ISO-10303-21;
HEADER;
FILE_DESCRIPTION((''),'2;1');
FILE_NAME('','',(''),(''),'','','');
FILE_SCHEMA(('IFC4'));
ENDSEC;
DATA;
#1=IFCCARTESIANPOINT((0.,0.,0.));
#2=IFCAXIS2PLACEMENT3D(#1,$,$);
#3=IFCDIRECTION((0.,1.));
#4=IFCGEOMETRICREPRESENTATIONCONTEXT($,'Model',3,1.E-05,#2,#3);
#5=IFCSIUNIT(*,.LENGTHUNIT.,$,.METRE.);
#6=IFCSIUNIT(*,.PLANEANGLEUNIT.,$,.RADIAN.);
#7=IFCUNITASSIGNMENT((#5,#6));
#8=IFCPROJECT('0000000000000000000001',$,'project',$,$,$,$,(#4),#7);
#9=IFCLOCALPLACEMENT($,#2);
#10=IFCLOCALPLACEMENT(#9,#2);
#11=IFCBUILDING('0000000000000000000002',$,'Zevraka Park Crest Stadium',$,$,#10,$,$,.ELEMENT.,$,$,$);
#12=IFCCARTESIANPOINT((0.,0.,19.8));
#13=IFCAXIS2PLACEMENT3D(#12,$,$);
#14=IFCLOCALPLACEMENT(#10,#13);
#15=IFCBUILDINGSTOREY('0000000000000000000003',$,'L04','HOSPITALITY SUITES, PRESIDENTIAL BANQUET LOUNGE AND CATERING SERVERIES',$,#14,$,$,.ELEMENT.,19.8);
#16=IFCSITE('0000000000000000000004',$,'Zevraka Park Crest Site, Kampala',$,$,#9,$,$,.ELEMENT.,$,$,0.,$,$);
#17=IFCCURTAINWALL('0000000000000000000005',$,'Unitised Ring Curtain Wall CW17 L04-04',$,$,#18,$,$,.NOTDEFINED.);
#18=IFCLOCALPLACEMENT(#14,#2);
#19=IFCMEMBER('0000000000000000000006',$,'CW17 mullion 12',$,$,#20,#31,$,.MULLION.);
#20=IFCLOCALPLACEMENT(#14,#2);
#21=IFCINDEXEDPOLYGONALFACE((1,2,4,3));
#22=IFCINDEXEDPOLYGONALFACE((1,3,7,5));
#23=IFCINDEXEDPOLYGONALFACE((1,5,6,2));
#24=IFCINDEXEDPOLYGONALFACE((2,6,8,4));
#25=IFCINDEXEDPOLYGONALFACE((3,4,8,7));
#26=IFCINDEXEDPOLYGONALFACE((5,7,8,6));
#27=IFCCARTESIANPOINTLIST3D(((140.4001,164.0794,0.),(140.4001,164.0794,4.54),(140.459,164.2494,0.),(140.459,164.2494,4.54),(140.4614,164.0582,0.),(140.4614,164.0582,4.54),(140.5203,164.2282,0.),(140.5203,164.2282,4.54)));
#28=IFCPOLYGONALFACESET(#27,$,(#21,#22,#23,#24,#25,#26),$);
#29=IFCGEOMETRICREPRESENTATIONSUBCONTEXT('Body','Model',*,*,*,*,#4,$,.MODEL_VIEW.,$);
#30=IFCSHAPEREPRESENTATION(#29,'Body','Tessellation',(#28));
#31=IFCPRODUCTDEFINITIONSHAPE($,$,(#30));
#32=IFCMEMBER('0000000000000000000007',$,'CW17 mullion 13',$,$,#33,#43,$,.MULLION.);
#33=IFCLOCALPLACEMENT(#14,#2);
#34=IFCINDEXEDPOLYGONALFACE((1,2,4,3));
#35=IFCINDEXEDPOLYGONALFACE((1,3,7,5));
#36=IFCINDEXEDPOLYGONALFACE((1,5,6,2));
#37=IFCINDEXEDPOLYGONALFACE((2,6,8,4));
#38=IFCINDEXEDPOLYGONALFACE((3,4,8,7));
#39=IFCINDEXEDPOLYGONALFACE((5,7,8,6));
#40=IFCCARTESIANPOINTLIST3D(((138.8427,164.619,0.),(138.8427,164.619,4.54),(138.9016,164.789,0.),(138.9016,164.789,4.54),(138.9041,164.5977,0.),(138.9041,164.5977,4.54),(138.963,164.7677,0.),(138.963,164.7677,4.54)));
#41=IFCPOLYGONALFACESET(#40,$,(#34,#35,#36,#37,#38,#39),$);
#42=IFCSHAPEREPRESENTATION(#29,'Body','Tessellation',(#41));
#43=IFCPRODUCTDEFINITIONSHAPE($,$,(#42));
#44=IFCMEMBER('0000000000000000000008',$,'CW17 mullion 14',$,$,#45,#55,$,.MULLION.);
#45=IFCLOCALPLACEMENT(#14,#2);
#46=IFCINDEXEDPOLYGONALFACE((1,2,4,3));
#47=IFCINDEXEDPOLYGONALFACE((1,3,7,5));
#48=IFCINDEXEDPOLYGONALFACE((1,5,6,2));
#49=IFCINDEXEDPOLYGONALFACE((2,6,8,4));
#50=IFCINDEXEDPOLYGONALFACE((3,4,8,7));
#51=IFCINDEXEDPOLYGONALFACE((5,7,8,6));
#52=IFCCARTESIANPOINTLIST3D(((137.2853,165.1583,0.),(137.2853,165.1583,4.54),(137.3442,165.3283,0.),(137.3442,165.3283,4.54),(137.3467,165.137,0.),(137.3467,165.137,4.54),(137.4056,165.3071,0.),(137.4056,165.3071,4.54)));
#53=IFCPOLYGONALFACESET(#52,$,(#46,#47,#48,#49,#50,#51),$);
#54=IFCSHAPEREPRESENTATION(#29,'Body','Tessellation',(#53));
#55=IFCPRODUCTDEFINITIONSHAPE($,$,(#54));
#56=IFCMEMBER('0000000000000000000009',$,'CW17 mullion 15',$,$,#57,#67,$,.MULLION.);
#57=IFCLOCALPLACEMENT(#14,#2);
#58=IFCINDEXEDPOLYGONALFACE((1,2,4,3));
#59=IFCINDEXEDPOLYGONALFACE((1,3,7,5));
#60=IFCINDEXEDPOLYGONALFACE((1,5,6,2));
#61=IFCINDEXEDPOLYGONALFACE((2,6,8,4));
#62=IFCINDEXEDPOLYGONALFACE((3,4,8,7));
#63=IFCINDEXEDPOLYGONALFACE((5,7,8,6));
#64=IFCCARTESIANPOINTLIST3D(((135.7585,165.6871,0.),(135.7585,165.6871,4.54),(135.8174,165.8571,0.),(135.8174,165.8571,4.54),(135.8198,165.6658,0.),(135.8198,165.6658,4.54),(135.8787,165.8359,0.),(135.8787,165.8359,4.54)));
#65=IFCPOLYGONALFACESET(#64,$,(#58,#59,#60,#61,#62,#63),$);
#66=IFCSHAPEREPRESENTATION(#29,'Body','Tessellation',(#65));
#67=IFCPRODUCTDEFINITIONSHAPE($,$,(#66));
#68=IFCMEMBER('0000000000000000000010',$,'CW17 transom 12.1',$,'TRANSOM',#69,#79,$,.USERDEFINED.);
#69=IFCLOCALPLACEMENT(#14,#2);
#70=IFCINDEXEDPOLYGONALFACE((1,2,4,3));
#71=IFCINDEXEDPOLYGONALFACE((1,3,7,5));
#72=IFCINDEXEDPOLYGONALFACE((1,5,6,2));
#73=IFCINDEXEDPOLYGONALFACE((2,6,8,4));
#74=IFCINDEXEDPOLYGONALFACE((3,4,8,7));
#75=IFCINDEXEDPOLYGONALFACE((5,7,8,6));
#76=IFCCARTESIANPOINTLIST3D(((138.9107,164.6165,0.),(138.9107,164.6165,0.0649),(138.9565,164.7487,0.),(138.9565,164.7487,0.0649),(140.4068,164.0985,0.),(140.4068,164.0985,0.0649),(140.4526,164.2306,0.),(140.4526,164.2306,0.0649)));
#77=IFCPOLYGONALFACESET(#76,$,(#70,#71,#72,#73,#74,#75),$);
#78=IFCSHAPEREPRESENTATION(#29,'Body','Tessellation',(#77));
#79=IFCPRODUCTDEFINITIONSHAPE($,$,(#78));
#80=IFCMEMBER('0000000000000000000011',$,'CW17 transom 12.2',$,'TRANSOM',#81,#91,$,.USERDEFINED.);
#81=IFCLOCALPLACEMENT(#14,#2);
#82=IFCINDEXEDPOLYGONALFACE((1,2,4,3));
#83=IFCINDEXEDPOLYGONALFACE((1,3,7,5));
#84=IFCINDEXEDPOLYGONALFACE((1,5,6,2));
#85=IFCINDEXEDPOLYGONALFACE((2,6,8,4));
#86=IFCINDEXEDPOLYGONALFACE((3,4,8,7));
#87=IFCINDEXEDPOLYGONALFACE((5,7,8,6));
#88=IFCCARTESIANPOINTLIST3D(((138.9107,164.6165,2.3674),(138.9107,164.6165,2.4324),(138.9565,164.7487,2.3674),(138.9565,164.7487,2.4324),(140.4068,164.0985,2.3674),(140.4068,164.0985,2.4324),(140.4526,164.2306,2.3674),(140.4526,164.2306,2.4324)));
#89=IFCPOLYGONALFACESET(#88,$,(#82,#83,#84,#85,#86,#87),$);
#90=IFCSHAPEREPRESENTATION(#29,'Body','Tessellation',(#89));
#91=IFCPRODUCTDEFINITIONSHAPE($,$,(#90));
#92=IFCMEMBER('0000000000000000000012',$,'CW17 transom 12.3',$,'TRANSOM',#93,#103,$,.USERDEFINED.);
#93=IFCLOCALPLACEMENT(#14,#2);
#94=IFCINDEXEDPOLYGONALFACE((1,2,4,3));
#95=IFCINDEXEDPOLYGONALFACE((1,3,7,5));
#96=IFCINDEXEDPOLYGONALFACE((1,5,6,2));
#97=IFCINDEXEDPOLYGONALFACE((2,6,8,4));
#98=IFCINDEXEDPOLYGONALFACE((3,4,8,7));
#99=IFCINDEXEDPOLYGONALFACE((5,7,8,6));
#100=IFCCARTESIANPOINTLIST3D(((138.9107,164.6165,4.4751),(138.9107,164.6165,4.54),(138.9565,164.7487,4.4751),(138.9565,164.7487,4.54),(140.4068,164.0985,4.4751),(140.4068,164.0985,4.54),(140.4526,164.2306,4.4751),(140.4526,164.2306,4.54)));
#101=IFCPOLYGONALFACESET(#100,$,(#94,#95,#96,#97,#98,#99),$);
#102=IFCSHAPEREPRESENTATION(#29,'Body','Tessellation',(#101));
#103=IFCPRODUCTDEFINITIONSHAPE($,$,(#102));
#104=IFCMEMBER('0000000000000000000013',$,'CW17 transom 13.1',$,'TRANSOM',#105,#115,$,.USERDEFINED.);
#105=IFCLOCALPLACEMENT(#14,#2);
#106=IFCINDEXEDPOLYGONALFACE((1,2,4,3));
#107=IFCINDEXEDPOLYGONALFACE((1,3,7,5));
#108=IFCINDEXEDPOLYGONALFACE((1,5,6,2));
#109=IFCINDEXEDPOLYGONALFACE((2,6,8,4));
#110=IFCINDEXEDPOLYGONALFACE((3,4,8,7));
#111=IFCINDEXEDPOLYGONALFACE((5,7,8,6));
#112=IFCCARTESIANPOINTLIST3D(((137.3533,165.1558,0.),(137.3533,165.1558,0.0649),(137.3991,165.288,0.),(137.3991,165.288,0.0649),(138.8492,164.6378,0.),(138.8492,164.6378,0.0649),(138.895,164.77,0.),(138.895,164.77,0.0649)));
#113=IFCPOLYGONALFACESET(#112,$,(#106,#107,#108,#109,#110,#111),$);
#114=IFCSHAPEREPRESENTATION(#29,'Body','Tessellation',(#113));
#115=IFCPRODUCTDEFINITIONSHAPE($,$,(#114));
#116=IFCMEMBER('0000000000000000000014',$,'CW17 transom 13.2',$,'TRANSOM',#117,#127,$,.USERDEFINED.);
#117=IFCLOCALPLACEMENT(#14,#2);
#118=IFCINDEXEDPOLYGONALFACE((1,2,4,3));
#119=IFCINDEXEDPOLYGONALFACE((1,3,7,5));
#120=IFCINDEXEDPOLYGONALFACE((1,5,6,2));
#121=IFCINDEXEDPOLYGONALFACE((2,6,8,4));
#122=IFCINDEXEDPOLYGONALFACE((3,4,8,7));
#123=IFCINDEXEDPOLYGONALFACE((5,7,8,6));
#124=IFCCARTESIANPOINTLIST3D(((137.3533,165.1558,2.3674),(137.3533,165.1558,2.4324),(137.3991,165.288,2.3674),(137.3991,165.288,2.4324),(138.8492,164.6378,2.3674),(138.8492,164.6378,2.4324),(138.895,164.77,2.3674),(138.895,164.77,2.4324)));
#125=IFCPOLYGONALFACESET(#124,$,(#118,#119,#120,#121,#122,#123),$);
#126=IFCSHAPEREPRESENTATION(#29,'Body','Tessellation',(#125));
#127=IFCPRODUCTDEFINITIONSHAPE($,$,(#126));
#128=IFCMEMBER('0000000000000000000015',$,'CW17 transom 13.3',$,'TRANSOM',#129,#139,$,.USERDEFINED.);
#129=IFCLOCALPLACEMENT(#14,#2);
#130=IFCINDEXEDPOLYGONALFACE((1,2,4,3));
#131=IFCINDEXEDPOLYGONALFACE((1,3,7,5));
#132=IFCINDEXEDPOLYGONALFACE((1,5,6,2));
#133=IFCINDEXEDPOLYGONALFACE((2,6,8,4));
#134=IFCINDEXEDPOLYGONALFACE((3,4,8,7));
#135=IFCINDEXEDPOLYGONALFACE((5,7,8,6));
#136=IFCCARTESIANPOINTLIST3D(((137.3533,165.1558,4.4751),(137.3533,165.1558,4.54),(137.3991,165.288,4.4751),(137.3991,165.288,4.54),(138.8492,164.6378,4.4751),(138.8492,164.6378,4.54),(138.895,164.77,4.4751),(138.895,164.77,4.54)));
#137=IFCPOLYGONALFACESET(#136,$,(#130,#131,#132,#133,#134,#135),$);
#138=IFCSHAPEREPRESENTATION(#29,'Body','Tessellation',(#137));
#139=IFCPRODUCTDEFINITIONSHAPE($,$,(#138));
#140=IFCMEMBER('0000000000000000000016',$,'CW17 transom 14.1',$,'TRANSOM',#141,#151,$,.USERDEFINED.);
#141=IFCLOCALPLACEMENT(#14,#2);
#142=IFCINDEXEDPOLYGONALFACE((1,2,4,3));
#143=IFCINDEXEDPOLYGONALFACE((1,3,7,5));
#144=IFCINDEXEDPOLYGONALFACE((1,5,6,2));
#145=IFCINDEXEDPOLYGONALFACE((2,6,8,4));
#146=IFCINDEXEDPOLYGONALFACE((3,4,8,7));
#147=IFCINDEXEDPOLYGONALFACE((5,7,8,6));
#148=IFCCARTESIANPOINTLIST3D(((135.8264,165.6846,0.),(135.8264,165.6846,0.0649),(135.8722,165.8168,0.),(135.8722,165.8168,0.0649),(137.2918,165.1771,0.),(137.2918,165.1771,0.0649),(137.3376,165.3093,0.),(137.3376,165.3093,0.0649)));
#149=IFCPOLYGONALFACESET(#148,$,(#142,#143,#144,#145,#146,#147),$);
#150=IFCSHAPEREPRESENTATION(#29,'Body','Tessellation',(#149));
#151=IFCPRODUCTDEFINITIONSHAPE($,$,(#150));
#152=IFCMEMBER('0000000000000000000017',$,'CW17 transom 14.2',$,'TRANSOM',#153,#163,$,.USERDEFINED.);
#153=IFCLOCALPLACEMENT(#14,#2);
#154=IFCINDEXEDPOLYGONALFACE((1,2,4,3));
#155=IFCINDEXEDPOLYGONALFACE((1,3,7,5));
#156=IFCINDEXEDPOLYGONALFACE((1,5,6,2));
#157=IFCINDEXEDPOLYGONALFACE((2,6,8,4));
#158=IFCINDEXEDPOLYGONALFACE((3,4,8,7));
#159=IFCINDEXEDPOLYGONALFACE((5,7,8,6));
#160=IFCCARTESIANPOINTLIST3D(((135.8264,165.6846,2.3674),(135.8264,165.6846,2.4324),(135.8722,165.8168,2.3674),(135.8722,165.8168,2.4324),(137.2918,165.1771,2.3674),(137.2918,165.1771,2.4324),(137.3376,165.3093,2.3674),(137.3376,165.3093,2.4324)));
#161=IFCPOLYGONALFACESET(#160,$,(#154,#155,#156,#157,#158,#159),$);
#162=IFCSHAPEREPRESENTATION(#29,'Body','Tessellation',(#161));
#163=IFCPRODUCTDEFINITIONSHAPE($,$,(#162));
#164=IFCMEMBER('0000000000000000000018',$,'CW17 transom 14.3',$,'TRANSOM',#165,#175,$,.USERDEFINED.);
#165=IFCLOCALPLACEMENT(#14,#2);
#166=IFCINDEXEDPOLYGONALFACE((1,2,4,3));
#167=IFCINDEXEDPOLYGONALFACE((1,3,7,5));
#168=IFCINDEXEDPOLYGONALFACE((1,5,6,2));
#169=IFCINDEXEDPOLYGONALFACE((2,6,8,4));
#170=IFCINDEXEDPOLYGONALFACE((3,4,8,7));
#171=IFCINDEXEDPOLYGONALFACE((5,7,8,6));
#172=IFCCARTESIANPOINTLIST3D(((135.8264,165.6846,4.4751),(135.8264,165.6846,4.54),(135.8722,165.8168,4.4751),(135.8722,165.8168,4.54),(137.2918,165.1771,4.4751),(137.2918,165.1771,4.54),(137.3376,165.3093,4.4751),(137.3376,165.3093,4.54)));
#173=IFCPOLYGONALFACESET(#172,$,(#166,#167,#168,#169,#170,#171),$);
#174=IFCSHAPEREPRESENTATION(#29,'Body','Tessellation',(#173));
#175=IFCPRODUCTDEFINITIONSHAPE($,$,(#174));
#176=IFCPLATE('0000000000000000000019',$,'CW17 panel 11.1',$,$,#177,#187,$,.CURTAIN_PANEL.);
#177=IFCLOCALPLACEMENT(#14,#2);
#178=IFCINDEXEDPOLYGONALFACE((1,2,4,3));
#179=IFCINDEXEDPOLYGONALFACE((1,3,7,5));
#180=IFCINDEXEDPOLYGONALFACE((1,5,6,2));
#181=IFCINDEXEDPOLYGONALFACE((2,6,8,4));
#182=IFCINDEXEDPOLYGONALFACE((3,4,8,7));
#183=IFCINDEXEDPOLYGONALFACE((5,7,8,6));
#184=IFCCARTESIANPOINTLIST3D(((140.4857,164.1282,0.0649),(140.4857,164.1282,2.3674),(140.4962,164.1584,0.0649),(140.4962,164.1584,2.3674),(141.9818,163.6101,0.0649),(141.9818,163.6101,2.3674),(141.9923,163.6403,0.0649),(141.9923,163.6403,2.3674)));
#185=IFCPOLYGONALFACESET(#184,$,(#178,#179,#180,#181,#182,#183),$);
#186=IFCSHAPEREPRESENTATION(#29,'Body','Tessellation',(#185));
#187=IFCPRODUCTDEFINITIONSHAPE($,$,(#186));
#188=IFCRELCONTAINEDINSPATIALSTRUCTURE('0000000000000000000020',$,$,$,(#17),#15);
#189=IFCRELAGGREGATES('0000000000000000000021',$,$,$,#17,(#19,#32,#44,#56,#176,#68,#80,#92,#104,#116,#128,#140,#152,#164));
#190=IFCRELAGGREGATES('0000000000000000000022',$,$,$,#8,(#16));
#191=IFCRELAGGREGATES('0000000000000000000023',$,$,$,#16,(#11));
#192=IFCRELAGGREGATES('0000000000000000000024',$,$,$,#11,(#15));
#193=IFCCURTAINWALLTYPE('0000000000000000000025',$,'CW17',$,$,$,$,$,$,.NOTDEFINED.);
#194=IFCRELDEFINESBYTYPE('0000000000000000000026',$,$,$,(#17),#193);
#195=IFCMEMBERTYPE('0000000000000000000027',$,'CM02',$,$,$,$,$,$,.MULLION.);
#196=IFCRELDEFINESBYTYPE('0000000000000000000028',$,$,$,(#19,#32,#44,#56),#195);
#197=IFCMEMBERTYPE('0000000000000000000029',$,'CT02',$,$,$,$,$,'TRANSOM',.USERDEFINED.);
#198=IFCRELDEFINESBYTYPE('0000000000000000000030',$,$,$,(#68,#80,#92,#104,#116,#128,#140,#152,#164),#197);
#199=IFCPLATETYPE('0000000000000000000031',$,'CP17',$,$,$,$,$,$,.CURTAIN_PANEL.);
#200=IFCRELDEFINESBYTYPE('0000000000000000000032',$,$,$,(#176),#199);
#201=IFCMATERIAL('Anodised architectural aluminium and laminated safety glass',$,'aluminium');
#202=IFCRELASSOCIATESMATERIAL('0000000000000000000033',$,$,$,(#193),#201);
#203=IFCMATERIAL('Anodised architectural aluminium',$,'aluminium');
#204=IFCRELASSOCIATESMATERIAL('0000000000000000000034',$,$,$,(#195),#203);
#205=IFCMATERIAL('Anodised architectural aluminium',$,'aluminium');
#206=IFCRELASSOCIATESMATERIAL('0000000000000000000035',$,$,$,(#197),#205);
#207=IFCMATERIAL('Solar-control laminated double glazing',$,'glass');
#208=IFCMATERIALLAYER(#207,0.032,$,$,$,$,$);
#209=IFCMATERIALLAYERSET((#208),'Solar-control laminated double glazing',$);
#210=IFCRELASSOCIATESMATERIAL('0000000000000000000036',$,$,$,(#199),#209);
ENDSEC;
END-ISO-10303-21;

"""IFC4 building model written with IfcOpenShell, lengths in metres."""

from ifc_helpers import new_model, si_unit, direction, frame, origin, origin_2d, place, context, subcontext, project, spatial, rectangle, extrude, material, layer, layer_set, material_profile, profile_set, type_object, element, aggregate, save


model = new_model("IFC4")

# Units and contexts
model_context = context("Model", 3, precision=1e-05, world=origin(), true_north=direction((0.0, 1.0)))
body_context = subcontext(model_context, "Body", "Model", "MODEL_VIEW")
ifc_project = project(units=[si_unit("LENGTHUNIT", "METRE"), si_unit("PLANEANGLEUNIT", "RADIAN")], contexts=[model_context])

# Site, building, storey
site_placement = place(None, origin())
site = spatial("IfcSite", under=ifc_project, at=site_placement, Name="Zevraka Park Crest Site, Kampala", CompositionType="ELEMENT", RefElevation=0.0)
building_placement = place(site_placement, origin())
building = spatial("IfcBuilding", under=site, at=building_placement, Name="Zevraka Park Crest Stadium", CompositionType="ELEMENT")
storey_placement = place(building_placement, frame((0.0, 0.0, 19.8)))
storey = spatial("IfcBuildingStorey", under=building, at=storey_placement, Name="L04", Description="HOSPITALITY SUITES, PRESIDENTIAL BANQUET LOUNGE AND CATERING SERVERIES", CompositionType="ELEMENT", Elevation=19.8)

# Curtain wall, members, plate
ifc_material_1 = material(Name="Anodised architectural aluminium and laminated safety glass", Category="aluminium")
curtain_wall_type = type_object("IfcCurtainWallType", Name="CW17", PredefinedType="NOTDEFINED", material=ifc_material_1)
curtain_wall_placement = place(storey_placement, origin())
curtain_wall = element("IfcCurtainWall", 1, at=curtain_wall_placement, inside=storey, type_object=curtain_wall_type, Name="Unitised Ring Curtain Wall CW17 L04-04", PredefinedType="NOTDEFINED")
ifc_material_2 = material(Name="Anodised architectural aluminium", Category="aluminium")
ifc_material_profile_1 = material_profile(ifc_material_2, rectangle(XDim=0.1799, YDim=0.0649, at=origin_2d()), Name="ALU MULLION 180x65")
ifc_profile_set_1 = profile_set([ifc_material_profile_1], Name="Anodised architectural aluminium")
member_type_1 = type_object("IfcMemberType", Name="CM02", PredefinedType="MULLION", material=ifc_profile_set_1)
member_1_placement = place(storey_placement, frame((140.4602, 164.1538, 0.0), z_axis=(0.0, 0.0, 1.0), x_axis=(-0.327245, -0.94494, 0.0)))
member_1 = element("IfcMember", 2, at=member_1_placement, type_object=member_type_1, Name="CW17 mullion 12", PredefinedType="MULLION", context=body_context, shape_type="SweptSolid", body=[
    extrude(rectangle(XDim=0.1799, YDim=0.0649, at=origin_2d()), origin(), (0.0, 0.0, 1.0), 4.54),
])
member_2_placement = place(storey_placement, frame((138.9028, 164.6934, 0.0), z_axis=(0.0, 0.0, 1.0), x_axis=(-0.327245, -0.94494, 0.0)))
member_2 = element("IfcMember", 3, at=member_2_placement, type_object=member_type_1, Name="CW17 mullion 13", PredefinedType="MULLION", context=body_context, shape_type="SweptSolid", body=[
    extrude(rectangle(XDim=0.1799, YDim=0.0649, at=origin_2d()), origin(), (0.0, 0.0, 1.0), 4.54),
])
member_3_placement = place(storey_placement, frame((137.3455, 165.2327, 0.0), z_axis=(0.0, 0.0, 1.0), x_axis=(-0.327245, -0.94494, 0.0)))
member_3 = element("IfcMember", 4, at=member_3_placement, type_object=member_type_1, Name="CW17 mullion 14", PredefinedType="MULLION", context=body_context, shape_type="SweptSolid", body=[
    extrude(rectangle(XDim=0.1799, YDim=0.0649, at=origin_2d()), origin(), (0.0, 0.0, 1.0), 4.54),
])
member_4_placement = place(storey_placement, frame((135.8186, 165.7615, 0.0), z_axis=(0.0, 0.0, 1.0), x_axis=(-0.327245, -0.94494, 0.0)))
member_4 = element("IfcMember", 5, at=member_4_placement, type_object=member_type_1, Name="CW17 mullion 15", PredefinedType="MULLION", context=body_context, shape_type="SweptSolid", body=[
    extrude(rectangle(XDim=0.1799, YDim=0.0649, at=origin_2d()), origin(), (0.0, 0.0, 1.0), 4.54),
])
ifc_material_3 = material(Name="Anodised architectural aluminium", Category="aluminium")
ifc_material_profile_2 = material_profile(ifc_material_3, rectangle(XDim=0.1399, YDim=0.0649, at=origin_2d()), Name="ALU TRANSOM 140x65")
ifc_profile_set_2 = profile_set([ifc_material_profile_2], Name="Anodised architectural aluminium")
member_type_2 = type_object("IfcMemberType", Name="CT02", ElementType="TRANSOM", PredefinedType="USERDEFINED", material=ifc_profile_set_2)
member_5_placement = place(storey_placement, frame((140.4297, 164.1646, 0.0325), z_axis=(-0.944949, 0.327216, 0.0), x_axis=(-0.327216, -0.944949, 0.0)))
member_5 = element("IfcMember", 6, at=member_5_placement, type_object=member_type_2, Name="CW17 transom 12.1", ObjectType="TRANSOM", PredefinedType="USERDEFINED", context=body_context, shape_type="SweptSolid", body=[
    extrude(rectangle(XDim=0.1399, YDim=0.0649, at=origin_2d()), origin(), (0.0, 0.0, 1.0), 1.5833),
])
member_6_placement = place(storey_placement, frame((140.4297, 164.1646, 2.3999), z_axis=(-0.944949, 0.327216, 0.0), x_axis=(-0.327216, -0.944949, 0.0)))
member_6 = element("IfcMember", 7, at=member_6_placement, type_object=member_type_2, Name="CW17 transom 12.2", ObjectType="TRANSOM", PredefinedType="USERDEFINED", context=body_context, shape_type="SweptSolid", body=[
    extrude(rectangle(XDim=0.1399, YDim=0.0649, at=origin_2d()), origin(), (0.0, 0.0, 1.0), 1.5833),
])
member_7_placement = place(storey_placement, frame((140.4297, 164.1646, 4.5076), z_axis=(-0.944949, 0.327216, 0.0), x_axis=(-0.327216, -0.944949, 0.0)))
member_7 = element("IfcMember", 8, at=member_7_placement, type_object=member_type_2, Name="CW17 transom 12.3", ObjectType="TRANSOM", PredefinedType="USERDEFINED", context=body_context, shape_type="SweptSolid", body=[
    extrude(rectangle(XDim=0.1399, YDim=0.0649, at=origin_2d()), origin(), (0.0, 0.0, 1.0), 1.5833),
])
member_8_placement = place(storey_placement, frame((138.8721, 164.7039, 0.0325), z_axis=(-0.944933, 0.327264, 0.0), x_axis=(-0.327264, -0.944933, 0.0)))
member_8 = element("IfcMember", 9, at=member_8_placement, type_object=member_type_2, Name="CW17 transom 13.1", ObjectType="TRANSOM", PredefinedType="USERDEFINED", context=body_context, shape_type="SweptSolid", body=[
    extrude(rectangle(XDim=0.1399, YDim=0.0649, at=origin_2d()), origin(), (0.0, 0.0, 1.0), 1.583),
])
member_9_placement = place(storey_placement, frame((138.8721, 164.7039, 2.3999), z_axis=(-0.944933, 0.327264, 0.0), x_axis=(-0.327264, -0.944933, 0.0)))
member_9 = element("IfcMember", 10, at=member_9_placement, type_object=member_type_2, Name="CW17 transom 13.2", ObjectType="TRANSOM", PredefinedType="USERDEFINED", context=body_context, shape_type="SweptSolid", body=[
    extrude(rectangle(XDim=0.1399, YDim=0.0649, at=origin_2d()), origin(), (0.0, 0.0, 1.0), 1.583),
])
member_10_placement = place(storey_placement, frame((138.8721, 164.7039, 4.5076), z_axis=(-0.944933, 0.327264, 0.0), x_axis=(-0.327264, -0.944933, 0.0)))
member_10 = element("IfcMember", 11, at=member_10_placement, type_object=member_type_2, Name="CW17 transom 13.3", ObjectType="TRANSOM", PredefinedType="USERDEFINED", context=body_context, shape_type="SweptSolid", body=[
    extrude(rectangle(XDim=0.1399, YDim=0.0649, at=origin_2d()), origin(), (0.0, 0.0, 1.0), 1.583),
])
member_11_placement = place(storey_placement, frame((137.3147, 165.2432, 0.0325), z_axis=(-0.944919, 0.327305, 0.0), x_axis=(-0.327305, -0.944919, 0.0)))
member_11 = element("IfcMember", 12, at=member_11_placement, type_object=member_type_2, Name="CW17 transom 14.1", ObjectType="TRANSOM", PredefinedType="USERDEFINED", context=body_context, shape_type="SweptSolid", body=[
    extrude(rectangle(XDim=0.1399, YDim=0.0649, at=origin_2d()), origin(), (0.0, 0.0, 1.0), 1.5508),
])
member_12_placement = place(storey_placement, frame((137.3147, 165.2432, 2.3999), z_axis=(-0.944919, 0.327305, 0.0), x_axis=(-0.327305, -0.944919, 0.0)))
member_12 = element("IfcMember", 13, at=member_12_placement, type_object=member_type_2, Name="CW17 transom 14.2", ObjectType="TRANSOM", PredefinedType="USERDEFINED", context=body_context, shape_type="SweptSolid", body=[
    extrude(rectangle(XDim=0.1399, YDim=0.0649, at=origin_2d()), origin(), (0.0, 0.0, 1.0), 1.5508),
])
member_13_placement = place(storey_placement, frame((137.3147, 165.2432, 4.5076), z_axis=(-0.944919, 0.327305, 0.0), x_axis=(-0.327305, -0.944919, 0.0)))
member_13 = element("IfcMember", 14, at=member_13_placement, type_object=member_type_2, Name="CW17 transom 14.3", ObjectType="TRANSOM", PredefinedType="USERDEFINED", context=body_context, shape_type="SweptSolid", body=[
    extrude(rectangle(XDim=0.1399, YDim=0.0649, at=origin_2d()), origin(), (0.0, 0.0, 1.0), 1.5508),
])
ifc_material_4 = material(Name="Solar-control laminated double glazing", Category="glass")
ifc_layer_1 = layer(ifc_material_4, 0.032)
ifc_layer_set_1 = layer_set([ifc_layer_1], Name="Solar-control laminated double glazing")
plate_type = type_object("IfcPlateType", Name="CP17", PredefinedType="CURTAIN_PANEL", material=ifc_layer_set_1)
plate_1_placement = place(storey_placement, frame((141.239, 163.8843, 0.0649), z_axis=(0.0, 0.0, 1.0), x_axis=(-0.94494, 0.327245, 0.0)))
plate_1 = element("IfcPlate", 15, at=plate_1_placement, type_object=plate_type, Name="CW17 panel 11.1", PredefinedType="CURTAIN_PANEL", context=body_context, shape_type="SweptSolid", body=[
    extrude(rectangle(XDim=1.5833, YDim=0.032, at=origin_2d()), origin(), (0.0, 0.0, 1.0), 2.3025),
])
aggregate(curtain_wall, [member_1, member_2, member_3, member_4, plate_1, member_5, member_6, member_7, member_8, member_9, member_10, member_11, member_12, member_13])

save(model, "model.ifc")
